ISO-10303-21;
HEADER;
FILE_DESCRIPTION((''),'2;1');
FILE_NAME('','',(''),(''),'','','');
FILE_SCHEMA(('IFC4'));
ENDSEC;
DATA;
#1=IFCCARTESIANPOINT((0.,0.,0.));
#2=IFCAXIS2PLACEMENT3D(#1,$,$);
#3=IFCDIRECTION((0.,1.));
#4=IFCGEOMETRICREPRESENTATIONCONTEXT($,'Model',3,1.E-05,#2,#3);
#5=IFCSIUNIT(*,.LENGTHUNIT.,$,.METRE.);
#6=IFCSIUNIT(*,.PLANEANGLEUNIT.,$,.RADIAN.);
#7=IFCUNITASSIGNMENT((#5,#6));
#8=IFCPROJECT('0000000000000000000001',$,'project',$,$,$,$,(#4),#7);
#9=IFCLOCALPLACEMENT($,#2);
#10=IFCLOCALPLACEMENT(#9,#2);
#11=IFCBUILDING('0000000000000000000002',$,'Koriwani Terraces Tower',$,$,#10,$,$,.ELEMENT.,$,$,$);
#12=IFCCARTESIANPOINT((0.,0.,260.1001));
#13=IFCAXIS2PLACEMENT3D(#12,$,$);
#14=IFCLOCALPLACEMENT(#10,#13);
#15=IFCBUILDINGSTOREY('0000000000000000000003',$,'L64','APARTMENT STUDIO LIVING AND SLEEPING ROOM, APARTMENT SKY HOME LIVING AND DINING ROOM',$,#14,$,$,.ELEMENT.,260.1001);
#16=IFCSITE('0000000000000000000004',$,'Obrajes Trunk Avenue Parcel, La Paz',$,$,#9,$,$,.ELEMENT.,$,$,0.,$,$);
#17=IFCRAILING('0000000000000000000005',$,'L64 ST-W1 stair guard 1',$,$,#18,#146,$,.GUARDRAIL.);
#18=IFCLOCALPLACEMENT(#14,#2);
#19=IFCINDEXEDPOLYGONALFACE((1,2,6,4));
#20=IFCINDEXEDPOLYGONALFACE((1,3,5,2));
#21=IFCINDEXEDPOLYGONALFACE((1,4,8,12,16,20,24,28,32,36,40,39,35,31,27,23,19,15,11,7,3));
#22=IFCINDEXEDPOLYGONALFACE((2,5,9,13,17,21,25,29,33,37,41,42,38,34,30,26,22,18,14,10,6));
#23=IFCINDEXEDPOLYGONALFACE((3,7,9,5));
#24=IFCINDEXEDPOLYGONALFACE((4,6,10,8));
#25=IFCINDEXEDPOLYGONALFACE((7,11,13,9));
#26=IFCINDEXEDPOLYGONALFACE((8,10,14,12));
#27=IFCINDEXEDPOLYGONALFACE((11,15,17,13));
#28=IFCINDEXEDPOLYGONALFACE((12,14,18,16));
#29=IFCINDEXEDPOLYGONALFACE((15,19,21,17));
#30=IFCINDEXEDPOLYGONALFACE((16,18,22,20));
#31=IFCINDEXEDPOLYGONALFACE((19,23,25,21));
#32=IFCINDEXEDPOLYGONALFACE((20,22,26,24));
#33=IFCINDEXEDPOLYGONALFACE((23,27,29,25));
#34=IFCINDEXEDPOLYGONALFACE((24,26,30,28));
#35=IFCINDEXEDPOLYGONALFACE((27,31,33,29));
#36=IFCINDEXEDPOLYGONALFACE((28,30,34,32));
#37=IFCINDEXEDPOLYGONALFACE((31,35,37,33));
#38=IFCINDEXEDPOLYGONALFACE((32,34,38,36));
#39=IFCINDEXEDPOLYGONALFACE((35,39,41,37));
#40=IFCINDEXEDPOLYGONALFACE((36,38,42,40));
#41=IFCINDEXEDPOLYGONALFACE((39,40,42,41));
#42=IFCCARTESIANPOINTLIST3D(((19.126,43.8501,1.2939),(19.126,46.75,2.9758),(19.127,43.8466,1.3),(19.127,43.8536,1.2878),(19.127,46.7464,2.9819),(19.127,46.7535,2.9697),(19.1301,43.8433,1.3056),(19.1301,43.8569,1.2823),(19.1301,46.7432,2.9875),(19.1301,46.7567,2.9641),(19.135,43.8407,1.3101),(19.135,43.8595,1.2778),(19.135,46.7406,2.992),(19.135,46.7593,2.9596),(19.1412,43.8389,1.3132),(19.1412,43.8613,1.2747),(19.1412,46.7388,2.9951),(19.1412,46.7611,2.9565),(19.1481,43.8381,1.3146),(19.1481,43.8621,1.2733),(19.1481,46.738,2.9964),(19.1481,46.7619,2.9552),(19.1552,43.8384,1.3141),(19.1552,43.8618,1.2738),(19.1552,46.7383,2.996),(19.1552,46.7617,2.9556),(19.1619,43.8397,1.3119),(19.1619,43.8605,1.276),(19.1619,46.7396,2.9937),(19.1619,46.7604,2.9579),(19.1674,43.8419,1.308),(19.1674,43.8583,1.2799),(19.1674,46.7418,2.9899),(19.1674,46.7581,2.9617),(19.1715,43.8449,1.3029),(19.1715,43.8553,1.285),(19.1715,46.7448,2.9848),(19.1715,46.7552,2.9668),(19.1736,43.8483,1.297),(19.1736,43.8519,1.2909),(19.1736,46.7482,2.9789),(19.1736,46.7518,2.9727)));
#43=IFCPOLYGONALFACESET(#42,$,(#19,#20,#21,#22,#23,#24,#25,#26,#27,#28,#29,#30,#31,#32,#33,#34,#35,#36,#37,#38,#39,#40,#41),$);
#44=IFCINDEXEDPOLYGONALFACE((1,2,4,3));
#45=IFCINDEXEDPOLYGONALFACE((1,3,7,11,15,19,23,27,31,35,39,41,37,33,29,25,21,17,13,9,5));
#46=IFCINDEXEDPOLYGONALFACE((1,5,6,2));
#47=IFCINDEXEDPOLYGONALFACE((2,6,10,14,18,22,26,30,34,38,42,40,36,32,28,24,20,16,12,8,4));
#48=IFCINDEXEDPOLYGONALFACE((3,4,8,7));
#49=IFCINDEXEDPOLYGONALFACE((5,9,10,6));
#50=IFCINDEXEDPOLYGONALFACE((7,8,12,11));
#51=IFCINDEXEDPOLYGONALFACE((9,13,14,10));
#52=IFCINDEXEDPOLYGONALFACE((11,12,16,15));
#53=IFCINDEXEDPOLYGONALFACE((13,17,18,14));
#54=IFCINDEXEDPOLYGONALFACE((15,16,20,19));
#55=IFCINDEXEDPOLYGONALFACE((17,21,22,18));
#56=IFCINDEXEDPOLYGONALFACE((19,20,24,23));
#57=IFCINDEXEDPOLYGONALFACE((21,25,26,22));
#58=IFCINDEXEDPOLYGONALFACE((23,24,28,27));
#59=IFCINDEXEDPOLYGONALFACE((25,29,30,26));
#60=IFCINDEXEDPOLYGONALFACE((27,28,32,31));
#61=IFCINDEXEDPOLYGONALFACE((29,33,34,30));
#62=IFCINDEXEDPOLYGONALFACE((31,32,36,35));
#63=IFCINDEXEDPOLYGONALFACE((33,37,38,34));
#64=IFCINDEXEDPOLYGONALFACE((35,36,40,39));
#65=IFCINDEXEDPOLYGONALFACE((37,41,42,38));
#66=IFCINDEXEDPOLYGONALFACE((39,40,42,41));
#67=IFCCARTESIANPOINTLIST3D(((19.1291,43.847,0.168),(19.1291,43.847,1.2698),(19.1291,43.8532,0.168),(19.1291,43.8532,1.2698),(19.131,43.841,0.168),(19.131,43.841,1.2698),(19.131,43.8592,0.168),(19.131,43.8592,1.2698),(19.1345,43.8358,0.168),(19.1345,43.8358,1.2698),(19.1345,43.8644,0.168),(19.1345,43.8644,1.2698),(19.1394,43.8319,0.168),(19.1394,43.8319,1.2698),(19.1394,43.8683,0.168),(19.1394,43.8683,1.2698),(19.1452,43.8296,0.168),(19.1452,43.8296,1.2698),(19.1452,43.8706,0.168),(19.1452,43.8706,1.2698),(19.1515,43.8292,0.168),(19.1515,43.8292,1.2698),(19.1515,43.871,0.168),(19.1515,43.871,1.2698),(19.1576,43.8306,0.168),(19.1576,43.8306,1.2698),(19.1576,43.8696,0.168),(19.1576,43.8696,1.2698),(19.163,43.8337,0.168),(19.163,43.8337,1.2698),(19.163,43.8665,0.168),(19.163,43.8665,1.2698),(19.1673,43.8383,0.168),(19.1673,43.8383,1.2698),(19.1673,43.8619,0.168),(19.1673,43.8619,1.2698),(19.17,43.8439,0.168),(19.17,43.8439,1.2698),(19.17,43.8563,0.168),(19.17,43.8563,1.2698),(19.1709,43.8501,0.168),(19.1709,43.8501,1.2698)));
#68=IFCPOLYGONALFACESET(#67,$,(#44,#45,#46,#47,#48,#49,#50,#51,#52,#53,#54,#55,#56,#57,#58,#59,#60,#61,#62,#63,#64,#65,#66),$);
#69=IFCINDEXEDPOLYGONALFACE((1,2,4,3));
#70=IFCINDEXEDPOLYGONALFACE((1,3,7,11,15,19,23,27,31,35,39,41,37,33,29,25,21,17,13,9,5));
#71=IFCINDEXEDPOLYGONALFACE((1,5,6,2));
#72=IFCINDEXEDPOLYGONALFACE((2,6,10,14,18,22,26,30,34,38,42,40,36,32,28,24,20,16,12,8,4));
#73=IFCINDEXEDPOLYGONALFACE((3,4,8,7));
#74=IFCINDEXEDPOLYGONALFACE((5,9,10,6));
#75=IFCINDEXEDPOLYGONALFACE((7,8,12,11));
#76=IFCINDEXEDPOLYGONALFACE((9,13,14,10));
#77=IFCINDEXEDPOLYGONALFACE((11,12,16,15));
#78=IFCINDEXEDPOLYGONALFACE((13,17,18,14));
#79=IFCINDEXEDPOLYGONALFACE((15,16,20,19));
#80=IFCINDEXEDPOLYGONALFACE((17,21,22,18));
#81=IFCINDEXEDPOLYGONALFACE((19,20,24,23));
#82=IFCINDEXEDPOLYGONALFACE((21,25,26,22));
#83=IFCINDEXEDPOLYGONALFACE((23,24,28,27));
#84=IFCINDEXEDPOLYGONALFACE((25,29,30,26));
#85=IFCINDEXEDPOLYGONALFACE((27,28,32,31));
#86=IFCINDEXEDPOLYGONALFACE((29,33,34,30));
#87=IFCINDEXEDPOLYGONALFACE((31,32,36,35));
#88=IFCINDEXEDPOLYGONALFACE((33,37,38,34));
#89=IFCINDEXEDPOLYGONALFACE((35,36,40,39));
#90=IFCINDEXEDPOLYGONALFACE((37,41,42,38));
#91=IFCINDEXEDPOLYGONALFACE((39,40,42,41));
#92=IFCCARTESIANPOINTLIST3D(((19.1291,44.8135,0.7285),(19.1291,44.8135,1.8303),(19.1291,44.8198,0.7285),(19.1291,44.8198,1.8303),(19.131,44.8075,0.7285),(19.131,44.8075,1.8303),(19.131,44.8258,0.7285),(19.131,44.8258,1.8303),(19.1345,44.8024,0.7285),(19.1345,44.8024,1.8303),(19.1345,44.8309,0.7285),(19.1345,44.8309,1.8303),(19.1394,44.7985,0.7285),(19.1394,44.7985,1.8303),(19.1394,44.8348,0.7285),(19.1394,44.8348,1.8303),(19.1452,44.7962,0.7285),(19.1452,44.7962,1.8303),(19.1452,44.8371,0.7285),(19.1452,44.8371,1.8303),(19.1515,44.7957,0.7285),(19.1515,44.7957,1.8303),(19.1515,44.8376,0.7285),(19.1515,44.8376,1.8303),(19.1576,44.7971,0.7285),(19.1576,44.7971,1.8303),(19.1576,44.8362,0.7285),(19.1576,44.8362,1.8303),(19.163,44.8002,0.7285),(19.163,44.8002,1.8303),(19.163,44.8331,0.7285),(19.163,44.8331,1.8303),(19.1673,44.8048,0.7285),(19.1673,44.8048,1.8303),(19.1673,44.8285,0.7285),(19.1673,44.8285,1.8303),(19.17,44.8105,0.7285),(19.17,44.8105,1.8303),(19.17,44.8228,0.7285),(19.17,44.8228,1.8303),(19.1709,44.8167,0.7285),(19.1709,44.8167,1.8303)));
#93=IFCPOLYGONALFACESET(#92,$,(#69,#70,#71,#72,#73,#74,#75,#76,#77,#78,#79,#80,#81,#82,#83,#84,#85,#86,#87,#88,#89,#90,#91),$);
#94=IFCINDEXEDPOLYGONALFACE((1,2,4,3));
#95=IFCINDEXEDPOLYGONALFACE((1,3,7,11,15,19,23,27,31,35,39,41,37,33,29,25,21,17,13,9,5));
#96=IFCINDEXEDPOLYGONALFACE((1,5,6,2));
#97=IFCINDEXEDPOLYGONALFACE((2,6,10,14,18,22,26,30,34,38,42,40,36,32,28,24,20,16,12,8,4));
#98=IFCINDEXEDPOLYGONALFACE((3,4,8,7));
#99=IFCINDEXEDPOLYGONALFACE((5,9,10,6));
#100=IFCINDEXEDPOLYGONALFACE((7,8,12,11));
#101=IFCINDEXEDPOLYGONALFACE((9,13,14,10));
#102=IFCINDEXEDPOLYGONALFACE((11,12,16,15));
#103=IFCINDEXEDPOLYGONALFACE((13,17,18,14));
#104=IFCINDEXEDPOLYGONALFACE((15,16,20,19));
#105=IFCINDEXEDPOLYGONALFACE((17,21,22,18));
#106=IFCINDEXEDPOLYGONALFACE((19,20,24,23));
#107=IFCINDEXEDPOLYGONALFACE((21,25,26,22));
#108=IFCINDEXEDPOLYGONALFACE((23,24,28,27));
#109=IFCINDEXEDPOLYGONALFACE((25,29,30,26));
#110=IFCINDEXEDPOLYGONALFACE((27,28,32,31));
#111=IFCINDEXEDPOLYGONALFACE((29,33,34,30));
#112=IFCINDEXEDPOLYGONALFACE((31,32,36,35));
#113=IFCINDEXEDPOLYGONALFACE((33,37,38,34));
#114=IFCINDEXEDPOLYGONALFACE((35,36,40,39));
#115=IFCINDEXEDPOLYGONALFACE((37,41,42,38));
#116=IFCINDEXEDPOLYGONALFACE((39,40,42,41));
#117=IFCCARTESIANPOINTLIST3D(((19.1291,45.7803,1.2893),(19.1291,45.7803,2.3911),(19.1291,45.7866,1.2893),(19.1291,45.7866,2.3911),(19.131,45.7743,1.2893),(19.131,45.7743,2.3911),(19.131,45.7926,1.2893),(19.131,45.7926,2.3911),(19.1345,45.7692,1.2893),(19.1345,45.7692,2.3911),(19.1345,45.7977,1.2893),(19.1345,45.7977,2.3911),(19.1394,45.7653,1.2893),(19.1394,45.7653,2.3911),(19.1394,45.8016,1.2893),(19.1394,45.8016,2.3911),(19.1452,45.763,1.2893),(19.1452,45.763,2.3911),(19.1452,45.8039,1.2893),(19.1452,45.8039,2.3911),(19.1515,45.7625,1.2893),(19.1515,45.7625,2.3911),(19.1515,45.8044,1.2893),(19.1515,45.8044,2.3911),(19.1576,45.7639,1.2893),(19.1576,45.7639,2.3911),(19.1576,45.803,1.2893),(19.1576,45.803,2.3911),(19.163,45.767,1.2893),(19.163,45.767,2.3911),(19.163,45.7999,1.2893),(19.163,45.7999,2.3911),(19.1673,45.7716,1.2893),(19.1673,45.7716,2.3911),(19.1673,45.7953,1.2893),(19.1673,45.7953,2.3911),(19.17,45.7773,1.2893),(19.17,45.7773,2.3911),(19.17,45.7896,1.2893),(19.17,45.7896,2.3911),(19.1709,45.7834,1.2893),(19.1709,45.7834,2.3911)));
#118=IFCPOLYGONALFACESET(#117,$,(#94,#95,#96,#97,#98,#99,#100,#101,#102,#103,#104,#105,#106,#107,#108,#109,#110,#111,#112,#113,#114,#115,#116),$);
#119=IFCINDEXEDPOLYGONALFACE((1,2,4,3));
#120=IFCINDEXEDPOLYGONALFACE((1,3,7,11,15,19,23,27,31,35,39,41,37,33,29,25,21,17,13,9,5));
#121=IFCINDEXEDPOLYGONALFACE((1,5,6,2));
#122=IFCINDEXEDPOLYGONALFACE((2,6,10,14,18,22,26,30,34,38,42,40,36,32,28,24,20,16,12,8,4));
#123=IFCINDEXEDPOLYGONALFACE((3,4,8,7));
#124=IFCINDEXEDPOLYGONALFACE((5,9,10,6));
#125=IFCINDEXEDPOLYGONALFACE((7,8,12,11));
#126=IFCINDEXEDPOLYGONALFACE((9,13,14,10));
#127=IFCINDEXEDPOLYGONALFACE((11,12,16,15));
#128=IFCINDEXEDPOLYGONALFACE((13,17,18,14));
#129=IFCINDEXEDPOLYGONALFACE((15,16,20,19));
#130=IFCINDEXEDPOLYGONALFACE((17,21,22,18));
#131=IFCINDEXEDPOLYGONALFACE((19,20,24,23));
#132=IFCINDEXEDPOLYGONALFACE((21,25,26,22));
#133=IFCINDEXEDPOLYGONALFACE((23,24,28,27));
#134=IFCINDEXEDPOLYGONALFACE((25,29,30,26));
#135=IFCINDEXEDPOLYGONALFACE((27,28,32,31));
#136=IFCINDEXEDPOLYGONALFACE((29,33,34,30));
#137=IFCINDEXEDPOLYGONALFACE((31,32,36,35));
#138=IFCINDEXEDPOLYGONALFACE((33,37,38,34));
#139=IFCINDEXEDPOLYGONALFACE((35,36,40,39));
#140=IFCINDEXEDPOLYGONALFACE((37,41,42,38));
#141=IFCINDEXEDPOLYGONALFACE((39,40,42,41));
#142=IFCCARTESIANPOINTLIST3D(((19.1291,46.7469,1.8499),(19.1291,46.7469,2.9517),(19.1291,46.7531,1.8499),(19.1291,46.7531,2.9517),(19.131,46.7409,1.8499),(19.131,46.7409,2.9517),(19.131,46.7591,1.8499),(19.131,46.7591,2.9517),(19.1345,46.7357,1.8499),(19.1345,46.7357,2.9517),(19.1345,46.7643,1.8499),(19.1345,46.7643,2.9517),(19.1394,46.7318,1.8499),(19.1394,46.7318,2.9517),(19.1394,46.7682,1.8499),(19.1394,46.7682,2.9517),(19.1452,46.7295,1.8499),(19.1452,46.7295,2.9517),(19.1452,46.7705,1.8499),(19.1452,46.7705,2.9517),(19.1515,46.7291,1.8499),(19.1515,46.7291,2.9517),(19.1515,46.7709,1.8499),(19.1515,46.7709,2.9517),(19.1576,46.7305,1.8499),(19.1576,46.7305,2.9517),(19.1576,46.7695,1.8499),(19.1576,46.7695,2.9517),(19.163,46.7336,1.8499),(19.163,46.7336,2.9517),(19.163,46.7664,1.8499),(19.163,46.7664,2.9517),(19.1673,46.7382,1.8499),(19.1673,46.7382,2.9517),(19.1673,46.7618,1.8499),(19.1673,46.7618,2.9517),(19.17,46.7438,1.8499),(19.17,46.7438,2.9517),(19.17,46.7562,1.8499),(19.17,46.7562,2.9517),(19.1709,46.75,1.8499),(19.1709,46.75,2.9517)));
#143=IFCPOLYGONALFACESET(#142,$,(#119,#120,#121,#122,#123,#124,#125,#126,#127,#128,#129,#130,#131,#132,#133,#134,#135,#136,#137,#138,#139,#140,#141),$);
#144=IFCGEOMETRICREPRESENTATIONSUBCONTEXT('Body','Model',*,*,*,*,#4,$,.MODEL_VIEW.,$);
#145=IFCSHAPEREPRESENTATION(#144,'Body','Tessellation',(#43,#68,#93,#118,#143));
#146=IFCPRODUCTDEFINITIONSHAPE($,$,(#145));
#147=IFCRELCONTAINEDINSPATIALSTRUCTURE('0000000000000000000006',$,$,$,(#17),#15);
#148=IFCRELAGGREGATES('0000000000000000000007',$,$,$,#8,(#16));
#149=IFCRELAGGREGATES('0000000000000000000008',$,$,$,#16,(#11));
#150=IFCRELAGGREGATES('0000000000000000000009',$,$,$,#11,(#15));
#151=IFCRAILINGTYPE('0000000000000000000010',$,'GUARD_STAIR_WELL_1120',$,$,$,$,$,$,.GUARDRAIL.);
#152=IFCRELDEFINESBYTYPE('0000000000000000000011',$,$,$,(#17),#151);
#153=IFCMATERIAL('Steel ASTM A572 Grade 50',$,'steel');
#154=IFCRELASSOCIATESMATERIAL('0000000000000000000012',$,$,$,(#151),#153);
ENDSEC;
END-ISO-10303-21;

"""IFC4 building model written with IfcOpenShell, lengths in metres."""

from ifc_helpers import new_model, si_unit, direction, frame, origin, origin_2d, place, context, subcontext, project, spatial, circle, extrude, material, type_object, element, save


model = new_model("IFC4")

# Units and contexts
model_context = context("Model", 3, precision=1e-05, world=origin(), true_north=direction((0.0, 1.0)))
body_context = subcontext(model_context, "Body", "Model", "MODEL_VIEW")
ifc_project = project(units=[si_unit("LENGTHUNIT", "METRE"), si_unit("PLANEANGLEUNIT", "RADIAN")], contexts=[model_context])

# Site, building, storey
site_placement = place(None, origin())
site = spatial("IfcSite", under=ifc_project, at=site_placement, Name="Obrajes Trunk Avenue Parcel, La Paz", CompositionType="ELEMENT", RefElevation=0.0)
building_placement = place(site_placement, origin())
building = spatial("IfcBuilding", under=site, at=building_placement, Name="Koriwani Terraces Tower", CompositionType="ELEMENT")
storey_placement = place(building_placement, frame((0.0, 0.0, 260.1001)))
storey = spatial("IfcBuildingStorey", under=building, at=storey_placement, Name="L64", Description="APARTMENT STUDIO LIVING AND SLEEPING ROOM, APARTMENT SKY HOME LIVING AND DINING ROOM", CompositionType="ELEMENT", Elevation=260.1001)

# Railing
ifc_material_1 = material(Name="Steel ASTM A572 Grade 50", Category="steel")
railing_type_1 = type_object("IfcRailingType", Name="GUARD_STAIR_WELL_1120", PredefinedType="GUARDRAIL", material=ifc_material_1)
railing_1_placement = place(storey_placement, frame((19.1499, 43.8501, 0.168)))
element("IfcRailing", 1, at=railing_1_placement, inside=storey, type_object=railing_type_1, Name="L64 ST-W1 stair guard 1", PredefinedType="GUARDRAIL", context=body_context, shape_type="SweptSolid", body=[
    extrude(circle(Radius=0.0239, at=origin_2d()), frame((0.0, 0.0, 1.126), z_axis=(0.0, 0.865039, 0.501705), x_axis=(-1.0, 0.0, 0.0)), (0.0, 0.0, 1.0), 3.3523),
    extrude(circle(Radius=0.021, at=origin_2d()), origin(), (0.0, 0.0, 1.0), 1.1018),
    extrude(circle(Radius=0.021, at=origin_2d()), frame((0.0, 0.9666, 0.5605)), (0.0, 0.0, 1.0), 1.1018),
    extrude(circle(Radius=0.021, at=origin_2d()), frame((0.0, 1.9333, 1.1213)), (0.0, 0.0, 1.0), 1.1018),
    extrude(circle(Radius=0.021, at=origin_2d()), frame((0.0, 2.8999, 1.6819)), (0.0, 0.0, 1.0), 1.1018),
])

save(model, "model.ifc")
